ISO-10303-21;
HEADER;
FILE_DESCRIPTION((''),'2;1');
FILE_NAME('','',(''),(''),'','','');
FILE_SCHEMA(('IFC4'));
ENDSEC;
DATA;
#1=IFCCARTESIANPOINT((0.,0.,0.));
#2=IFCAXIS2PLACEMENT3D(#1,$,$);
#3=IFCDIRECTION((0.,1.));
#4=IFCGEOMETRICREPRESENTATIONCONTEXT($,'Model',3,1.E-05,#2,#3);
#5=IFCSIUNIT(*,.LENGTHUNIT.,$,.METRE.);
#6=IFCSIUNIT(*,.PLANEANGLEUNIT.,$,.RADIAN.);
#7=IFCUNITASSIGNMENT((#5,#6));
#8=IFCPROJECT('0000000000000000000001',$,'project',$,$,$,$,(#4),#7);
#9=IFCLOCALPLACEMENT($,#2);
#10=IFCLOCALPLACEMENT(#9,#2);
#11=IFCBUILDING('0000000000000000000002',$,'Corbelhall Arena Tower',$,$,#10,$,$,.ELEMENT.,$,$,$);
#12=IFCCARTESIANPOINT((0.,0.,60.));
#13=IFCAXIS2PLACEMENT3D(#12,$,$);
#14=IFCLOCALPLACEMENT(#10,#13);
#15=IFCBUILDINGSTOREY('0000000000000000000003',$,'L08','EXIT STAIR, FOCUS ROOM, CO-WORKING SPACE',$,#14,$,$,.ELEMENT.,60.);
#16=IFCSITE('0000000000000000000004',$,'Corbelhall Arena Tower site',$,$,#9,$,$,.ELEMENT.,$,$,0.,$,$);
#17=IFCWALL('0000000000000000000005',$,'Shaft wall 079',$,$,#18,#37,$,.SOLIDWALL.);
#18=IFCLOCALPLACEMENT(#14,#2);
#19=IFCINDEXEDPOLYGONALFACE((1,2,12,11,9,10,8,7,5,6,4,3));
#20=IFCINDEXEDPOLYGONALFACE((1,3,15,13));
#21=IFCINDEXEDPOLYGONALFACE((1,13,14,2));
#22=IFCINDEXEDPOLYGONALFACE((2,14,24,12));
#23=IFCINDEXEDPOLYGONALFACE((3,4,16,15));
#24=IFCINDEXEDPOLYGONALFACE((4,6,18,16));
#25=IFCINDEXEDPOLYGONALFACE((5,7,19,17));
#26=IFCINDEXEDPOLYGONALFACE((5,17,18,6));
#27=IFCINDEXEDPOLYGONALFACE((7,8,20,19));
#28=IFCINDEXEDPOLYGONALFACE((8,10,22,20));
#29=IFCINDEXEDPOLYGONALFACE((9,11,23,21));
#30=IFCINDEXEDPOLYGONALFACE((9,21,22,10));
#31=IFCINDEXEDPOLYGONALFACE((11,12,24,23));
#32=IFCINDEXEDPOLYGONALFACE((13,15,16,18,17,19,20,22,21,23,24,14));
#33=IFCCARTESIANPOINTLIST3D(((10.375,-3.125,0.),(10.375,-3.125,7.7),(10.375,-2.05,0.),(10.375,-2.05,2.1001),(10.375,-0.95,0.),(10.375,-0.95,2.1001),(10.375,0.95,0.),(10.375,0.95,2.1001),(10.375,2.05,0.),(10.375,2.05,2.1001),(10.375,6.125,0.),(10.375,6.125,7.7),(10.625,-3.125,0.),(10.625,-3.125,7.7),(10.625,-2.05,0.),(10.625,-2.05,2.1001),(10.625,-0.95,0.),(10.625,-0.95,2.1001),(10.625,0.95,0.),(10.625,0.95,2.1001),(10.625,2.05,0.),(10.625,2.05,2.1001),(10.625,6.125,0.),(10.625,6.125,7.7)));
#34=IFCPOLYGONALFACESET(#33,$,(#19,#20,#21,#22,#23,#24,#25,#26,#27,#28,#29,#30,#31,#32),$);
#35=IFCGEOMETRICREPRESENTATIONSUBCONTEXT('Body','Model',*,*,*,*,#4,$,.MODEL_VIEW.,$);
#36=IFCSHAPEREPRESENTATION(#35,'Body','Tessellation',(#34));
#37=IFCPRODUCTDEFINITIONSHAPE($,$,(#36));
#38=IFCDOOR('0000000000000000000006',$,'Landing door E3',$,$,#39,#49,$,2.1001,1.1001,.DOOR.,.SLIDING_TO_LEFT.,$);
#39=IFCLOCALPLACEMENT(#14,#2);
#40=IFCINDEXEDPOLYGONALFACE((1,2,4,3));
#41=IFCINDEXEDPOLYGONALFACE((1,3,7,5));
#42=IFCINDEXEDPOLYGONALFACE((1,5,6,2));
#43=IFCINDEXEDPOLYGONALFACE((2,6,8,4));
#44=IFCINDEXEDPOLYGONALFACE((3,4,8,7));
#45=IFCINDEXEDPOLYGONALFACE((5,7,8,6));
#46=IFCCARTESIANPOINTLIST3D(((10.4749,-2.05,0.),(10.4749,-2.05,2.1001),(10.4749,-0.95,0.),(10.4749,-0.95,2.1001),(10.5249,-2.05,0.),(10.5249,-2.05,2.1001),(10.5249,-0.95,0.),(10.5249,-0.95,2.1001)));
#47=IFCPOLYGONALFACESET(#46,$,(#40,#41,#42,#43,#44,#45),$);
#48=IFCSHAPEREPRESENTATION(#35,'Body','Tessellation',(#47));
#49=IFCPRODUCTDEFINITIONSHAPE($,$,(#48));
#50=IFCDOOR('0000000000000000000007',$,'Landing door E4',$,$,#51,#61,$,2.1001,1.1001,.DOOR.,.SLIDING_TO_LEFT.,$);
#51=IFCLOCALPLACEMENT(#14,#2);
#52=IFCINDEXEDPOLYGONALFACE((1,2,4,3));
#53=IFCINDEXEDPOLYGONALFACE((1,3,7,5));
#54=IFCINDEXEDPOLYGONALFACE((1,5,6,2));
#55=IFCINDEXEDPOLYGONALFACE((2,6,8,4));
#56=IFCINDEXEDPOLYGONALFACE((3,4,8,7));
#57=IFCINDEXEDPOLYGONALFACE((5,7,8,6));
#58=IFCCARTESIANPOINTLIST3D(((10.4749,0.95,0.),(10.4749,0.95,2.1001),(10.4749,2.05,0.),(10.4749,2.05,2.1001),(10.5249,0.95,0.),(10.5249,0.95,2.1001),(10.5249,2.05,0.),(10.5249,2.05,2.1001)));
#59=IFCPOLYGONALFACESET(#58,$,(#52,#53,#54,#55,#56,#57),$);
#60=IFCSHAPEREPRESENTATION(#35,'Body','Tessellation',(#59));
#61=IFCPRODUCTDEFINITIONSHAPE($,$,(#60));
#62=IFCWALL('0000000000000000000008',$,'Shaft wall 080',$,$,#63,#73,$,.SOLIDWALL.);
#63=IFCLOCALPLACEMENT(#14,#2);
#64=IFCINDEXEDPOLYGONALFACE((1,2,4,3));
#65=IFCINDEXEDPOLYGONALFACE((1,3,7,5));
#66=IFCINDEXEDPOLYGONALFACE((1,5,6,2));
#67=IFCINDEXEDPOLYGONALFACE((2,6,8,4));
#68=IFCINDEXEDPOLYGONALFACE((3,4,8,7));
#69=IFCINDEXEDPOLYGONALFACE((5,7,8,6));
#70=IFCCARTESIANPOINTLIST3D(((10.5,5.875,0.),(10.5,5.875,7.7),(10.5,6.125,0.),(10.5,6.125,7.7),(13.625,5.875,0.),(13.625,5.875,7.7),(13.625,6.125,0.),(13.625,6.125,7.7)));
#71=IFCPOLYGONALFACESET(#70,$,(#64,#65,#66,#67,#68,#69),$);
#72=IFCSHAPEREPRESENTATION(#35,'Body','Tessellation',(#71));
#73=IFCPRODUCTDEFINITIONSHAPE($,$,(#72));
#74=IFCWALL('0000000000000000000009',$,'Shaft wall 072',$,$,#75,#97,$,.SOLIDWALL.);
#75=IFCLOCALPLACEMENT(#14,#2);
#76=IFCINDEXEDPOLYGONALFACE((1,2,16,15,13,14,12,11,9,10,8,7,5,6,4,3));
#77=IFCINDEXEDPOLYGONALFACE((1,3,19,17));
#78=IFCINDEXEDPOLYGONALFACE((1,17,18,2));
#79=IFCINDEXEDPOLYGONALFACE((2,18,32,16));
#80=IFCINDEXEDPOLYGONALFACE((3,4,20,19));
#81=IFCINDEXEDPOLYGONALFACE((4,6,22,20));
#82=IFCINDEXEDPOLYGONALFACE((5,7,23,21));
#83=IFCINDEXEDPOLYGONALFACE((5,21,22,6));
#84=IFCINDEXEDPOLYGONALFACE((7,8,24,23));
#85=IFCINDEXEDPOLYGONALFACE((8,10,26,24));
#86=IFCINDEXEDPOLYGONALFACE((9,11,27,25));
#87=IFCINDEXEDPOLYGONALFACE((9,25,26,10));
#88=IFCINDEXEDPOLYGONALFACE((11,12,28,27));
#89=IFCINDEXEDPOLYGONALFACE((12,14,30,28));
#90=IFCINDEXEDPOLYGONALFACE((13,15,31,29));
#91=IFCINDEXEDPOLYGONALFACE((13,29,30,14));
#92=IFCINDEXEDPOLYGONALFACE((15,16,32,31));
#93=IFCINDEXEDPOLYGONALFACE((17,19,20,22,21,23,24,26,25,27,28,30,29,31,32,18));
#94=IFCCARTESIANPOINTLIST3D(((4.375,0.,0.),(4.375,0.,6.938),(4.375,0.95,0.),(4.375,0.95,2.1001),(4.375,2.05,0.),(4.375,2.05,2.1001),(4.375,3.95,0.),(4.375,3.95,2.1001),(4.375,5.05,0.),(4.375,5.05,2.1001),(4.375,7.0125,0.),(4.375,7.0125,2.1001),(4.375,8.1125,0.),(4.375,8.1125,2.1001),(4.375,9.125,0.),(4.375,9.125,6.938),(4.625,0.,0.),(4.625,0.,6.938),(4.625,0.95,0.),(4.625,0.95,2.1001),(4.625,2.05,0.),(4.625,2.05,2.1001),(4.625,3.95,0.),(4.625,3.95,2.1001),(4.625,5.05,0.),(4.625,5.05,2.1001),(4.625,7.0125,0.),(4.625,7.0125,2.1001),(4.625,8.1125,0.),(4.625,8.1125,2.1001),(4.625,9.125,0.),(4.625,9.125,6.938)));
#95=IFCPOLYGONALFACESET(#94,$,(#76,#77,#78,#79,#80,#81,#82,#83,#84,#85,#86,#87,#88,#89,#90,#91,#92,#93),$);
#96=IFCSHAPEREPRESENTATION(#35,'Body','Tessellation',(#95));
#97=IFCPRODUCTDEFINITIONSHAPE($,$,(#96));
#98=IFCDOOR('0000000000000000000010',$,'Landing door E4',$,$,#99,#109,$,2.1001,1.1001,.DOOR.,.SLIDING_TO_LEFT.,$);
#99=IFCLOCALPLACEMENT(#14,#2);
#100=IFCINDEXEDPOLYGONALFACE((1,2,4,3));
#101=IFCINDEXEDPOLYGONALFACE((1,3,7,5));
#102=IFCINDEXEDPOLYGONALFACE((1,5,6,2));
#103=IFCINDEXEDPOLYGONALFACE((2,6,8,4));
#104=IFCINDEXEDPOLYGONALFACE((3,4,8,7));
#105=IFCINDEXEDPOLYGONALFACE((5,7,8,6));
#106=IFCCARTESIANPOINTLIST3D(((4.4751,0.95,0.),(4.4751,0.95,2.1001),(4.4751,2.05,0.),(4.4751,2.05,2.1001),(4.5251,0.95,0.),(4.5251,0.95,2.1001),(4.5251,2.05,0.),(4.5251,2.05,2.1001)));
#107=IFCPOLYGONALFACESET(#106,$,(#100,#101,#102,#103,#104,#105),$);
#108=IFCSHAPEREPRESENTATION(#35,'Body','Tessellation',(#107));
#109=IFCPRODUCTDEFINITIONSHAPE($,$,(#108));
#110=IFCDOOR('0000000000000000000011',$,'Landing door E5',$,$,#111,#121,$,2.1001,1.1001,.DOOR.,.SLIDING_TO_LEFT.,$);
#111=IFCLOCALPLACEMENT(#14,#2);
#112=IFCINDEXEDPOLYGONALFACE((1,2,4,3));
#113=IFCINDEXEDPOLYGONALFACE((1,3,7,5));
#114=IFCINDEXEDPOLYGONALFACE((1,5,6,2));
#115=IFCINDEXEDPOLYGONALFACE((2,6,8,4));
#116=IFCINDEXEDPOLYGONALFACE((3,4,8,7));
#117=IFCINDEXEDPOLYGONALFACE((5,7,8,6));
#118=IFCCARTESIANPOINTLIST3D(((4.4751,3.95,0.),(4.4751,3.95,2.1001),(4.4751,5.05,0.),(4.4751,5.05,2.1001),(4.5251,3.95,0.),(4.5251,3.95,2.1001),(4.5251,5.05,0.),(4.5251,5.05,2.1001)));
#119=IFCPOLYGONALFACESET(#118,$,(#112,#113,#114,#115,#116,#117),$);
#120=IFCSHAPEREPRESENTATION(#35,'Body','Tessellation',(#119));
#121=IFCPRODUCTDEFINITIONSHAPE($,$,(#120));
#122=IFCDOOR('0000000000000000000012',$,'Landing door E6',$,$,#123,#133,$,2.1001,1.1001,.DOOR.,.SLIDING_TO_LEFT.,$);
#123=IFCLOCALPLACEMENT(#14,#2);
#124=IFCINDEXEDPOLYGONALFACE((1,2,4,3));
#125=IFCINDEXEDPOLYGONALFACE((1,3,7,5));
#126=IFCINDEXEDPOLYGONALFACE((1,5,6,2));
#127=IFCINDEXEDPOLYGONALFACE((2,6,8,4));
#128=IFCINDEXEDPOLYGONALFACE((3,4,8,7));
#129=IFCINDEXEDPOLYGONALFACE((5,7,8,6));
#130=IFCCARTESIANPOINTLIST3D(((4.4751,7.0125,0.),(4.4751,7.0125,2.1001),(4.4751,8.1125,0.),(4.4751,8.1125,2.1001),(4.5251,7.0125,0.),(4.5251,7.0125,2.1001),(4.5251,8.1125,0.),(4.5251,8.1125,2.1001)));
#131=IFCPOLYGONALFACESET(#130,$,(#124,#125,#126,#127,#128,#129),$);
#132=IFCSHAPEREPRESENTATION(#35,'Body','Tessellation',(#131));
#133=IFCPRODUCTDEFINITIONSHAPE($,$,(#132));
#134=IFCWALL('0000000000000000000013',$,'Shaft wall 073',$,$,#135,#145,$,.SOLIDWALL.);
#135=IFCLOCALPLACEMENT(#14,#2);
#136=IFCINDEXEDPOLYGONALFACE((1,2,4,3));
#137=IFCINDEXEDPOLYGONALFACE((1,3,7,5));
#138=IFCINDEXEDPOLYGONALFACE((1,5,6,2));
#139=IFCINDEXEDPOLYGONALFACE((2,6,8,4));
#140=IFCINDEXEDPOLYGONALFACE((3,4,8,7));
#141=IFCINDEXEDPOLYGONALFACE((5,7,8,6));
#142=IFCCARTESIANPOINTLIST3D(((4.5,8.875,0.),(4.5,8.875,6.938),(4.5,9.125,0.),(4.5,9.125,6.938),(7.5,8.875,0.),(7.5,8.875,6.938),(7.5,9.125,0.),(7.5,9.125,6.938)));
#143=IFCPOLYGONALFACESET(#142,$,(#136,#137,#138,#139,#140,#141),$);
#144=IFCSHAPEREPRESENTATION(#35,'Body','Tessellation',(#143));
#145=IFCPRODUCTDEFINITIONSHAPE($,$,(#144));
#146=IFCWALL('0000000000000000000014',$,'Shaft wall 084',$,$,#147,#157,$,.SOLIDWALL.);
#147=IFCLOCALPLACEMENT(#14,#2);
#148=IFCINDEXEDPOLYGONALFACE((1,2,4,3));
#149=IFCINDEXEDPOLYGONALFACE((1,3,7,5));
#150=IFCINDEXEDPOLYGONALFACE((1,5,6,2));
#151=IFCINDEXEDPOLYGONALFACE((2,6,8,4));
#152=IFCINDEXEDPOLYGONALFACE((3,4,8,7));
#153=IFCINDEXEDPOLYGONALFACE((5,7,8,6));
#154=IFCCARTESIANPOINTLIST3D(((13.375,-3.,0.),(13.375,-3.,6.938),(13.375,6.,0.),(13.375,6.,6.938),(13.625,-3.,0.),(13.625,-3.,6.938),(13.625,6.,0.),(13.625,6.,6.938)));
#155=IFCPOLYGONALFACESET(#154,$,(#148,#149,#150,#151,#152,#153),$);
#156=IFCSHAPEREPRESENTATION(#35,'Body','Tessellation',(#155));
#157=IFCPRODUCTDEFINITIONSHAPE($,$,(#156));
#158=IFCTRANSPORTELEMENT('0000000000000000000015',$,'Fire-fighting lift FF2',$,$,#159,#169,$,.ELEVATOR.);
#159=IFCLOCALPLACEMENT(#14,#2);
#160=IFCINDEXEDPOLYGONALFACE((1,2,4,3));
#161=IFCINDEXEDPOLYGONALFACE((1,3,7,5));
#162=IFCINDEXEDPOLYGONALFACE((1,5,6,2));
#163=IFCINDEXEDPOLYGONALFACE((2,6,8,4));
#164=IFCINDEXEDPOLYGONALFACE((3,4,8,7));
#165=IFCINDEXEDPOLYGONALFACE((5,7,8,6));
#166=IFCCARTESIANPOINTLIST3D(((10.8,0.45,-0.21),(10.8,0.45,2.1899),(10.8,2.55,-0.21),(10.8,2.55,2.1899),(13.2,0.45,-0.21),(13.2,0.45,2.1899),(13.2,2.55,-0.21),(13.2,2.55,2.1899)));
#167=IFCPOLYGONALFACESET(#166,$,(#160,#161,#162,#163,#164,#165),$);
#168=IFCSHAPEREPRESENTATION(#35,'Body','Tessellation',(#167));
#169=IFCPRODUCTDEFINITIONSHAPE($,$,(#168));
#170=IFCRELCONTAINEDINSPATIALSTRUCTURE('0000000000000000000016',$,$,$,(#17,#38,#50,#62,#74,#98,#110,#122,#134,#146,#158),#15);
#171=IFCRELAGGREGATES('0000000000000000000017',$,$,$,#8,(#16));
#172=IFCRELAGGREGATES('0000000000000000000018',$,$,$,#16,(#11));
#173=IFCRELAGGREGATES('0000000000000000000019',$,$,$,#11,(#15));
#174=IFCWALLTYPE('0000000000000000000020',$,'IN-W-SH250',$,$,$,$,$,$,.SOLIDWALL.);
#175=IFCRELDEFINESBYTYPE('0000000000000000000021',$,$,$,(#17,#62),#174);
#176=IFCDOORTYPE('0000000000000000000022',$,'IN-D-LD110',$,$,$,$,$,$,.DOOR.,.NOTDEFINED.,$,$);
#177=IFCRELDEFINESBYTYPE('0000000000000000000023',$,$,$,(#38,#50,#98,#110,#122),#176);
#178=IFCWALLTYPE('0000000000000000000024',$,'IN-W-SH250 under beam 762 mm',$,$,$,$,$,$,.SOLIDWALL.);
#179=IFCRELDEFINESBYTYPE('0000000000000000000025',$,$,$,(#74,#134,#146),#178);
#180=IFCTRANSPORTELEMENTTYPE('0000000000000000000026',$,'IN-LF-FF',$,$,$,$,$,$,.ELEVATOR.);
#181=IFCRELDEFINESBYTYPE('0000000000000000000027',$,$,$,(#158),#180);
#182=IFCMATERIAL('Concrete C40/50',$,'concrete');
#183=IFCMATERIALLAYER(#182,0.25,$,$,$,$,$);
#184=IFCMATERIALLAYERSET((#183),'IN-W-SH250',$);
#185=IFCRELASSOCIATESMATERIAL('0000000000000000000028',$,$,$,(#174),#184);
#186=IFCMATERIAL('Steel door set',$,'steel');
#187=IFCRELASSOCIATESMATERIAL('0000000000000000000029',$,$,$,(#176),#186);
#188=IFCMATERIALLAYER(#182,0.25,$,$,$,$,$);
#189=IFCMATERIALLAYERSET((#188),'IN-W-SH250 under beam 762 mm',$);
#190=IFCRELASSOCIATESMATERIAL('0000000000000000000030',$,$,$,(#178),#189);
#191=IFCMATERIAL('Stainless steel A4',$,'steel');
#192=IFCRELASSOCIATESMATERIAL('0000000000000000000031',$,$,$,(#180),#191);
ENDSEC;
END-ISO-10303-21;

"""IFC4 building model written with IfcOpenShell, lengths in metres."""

from ifc_helpers import new_model, si_unit, direction, frame, frame_2d, origin, origin_2d, place, context, subcontext, project, spatial, rectangle, extrude, material, layer, layer_set, type_object, element, fill, save


model = new_model("IFC4")

# Units and contexts
model_context = context("Model", 3, precision=1e-05, world=origin(), true_north=direction((0.0, 1.0)))
body_context = subcontext(model_context, "Body", "Model", "MODEL_VIEW")
ifc_project = project(units=[si_unit("LENGTHUNIT", "METRE"), si_unit("PLANEANGLEUNIT", "RADIAN")], contexts=[model_context])

# Site, building, storey
site_placement = place(None, origin())
site = spatial("IfcSite", under=ifc_project, at=site_placement, Name="Corbelhall Arena Tower site", CompositionType="ELEMENT", RefElevation=0.0)
building_placement = place(site_placement, origin())
building = spatial("IfcBuilding", under=site, at=building_placement, Name="Corbelhall Arena Tower", CompositionType="ELEMENT")
storey_placement = place(building_placement, frame((0.0, 0.0, 60.0)))
storey = spatial("IfcBuildingStorey", under=building, at=storey_placement, Name="L08", Description="EXIT STAIR, FOCUS ROOM, CO-WORKING SPACE", CompositionType="ELEMENT", Elevation=60.0)

# Shared definitions
ifc_material_1 = material(Name="Concrete C40/50", Category="concrete")
ifc_layer_1 = layer(ifc_material_1, 0.25)
ifc_layer_set_1 = layer_set([ifc_layer_1], Name="IN-W-SH250")
wall_type_1 = type_object("IfcWallType", Name="IN-W-SH250", PredefinedType="SOLIDWALL", material=ifc_layer_set_1)
ifc_material_2 = material(Name="Steel door set", Category="steel")

# Wall, openings, doors
wall_1_placement = place(storey_placement, frame((10.5, 6.125, 0.0), z_axis=(0.0, 0.0, 1.0), x_axis=(0.0, -1.0, 0.0)))
wall_1 = element("IfcWall", 1, at=wall_1_placement, inside=storey, type_object=wall_type_1, Name="Shaft wall 079", PredefinedType="SOLIDWALL", context=body_context, shape_type="SweptSolid", body=[
    extrude(rectangle(XDim=9.25, YDim=0.25, at=frame_2d((4.625, 0.0))), origin(), (0.0, 0.0, 1.0), 7.7),
])
opening_1_placement = place(wall_1_placement, frame((7.075, 0.0, 0.0)))
opening_1 = element("IfcOpeningElement", 2, at=opening_1_placement, cuts=wall_1, PredefinedType="OPENING", context=body_context, shape_type="SweptSolid", body=[
    extrude(rectangle(XDim=1.1001, YDim=2.1001, at=frame_2d((0.55, 1.05))), frame((0.0, 0.125, 0.0), z_axis=(0.0, -1.0, 0.0), x_axis=(1.0, 0.0, 0.0)), (0.0, 0.0, 1.0), 0.25),
])
opening_2_placement = place(wall_1_placement, frame((4.075, 0.0, 0.0)))
opening_2 = element("IfcOpeningElement", 3, at=opening_2_placement, cuts=wall_1, PredefinedType="OPENING", context=body_context, shape_type="SweptSolid", body=[
    extrude(rectangle(XDim=1.1001, YDim=2.1001, at=frame_2d((0.55, 1.05))), frame((0.0, 0.125, 0.0), z_axis=(0.0, -1.0, 0.0), x_axis=(1.0, 0.0, 0.0)), (0.0, 0.0, 1.0), 0.25),
])
door_type_1 = type_object("IfcDoorType", Name="IN-D-LD110", OperationType="NOTDEFINED", PredefinedType="DOOR", material=ifc_material_2)
door_1_placement = place(opening_1_placement, origin())
door_1 = element("IfcDoor", 4, at=door_1_placement, inside=storey, type_object=door_type_1, Name="Landing door E3", OperationType="SLIDING_TO_LEFT", OverallHeight=2.1001, OverallWidth=1.1001, PredefinedType="DOOR", context=body_context, shape_type="SweptSolid", body=[
    extrude(rectangle(XDim=1.1001, YDim=2.1001, at=frame_2d((0.55, 1.05))), frame((0.0, 0.0249, 0.0), z_axis=(0.0, -1.0, 0.0), x_axis=(1.0, 0.0, 0.0)), (0.0, 0.0, 1.0), 0.05),
])
fill(opening_1, door_1)
door_2_placement = place(opening_2_placement, origin())
door_2 = element("IfcDoor", 5, at=door_2_placement, inside=storey, type_object=door_type_1, Name="Landing door E4", OperationType="SLIDING_TO_LEFT", OverallHeight=2.1001, OverallWidth=1.1001, PredefinedType="DOOR", context=body_context, shape_type="SweptSolid", body=[
    extrude(rectangle(XDim=1.1001, YDim=2.1001, at=frame_2d((0.55, 1.05))), frame((0.0, 0.0249, 0.0), z_axis=(0.0, -1.0, 0.0), x_axis=(1.0, 0.0, 0.0)), (0.0, 0.0, 1.0), 0.05),
])
fill(opening_2, door_2)

# Wall
wall_2_placement = place(storey_placement, frame((10.5, 6.0, 0.0), z_axis=(0.0, 0.0, 1.0), x_axis=(1.0, 0.0, 0.0)))
element("IfcWall", 6, at=wall_2_placement, inside=storey, type_object=wall_type_1, Name="Shaft wall 080", PredefinedType="SOLIDWALL", context=body_context, shape_type="SweptSolid", body=[
    extrude(rectangle(XDim=3.125, YDim=0.25, at=frame_2d((1.5625, 0.0))), origin(), (0.0, 0.0, 1.0), 7.7),
])

# Wall, openings, doors
ifc_layer_2 = layer(ifc_material_1, 0.25)
ifc_layer_set_2 = layer_set([ifc_layer_2], Name="IN-W-SH250 under beam 762 mm")
wall_type_2 = type_object("IfcWallType", Name="IN-W-SH250 under beam 762 mm", PredefinedType="SOLIDWALL", material=ifc_layer_set_2)
wall_3_placement = place(storey_placement, frame((4.5, 0.0, 0.0), z_axis=(0.0, 0.0, 1.0), x_axis=(0.0, 1.0, 0.0)))
wall_3 = element("IfcWall", 7, at=wall_3_placement, inside=storey, type_object=wall_type_2, Name="Shaft wall 072", PredefinedType="SOLIDWALL", context=body_context, shape_type="SweptSolid", body=[
    extrude(rectangle(XDim=9.125, YDim=0.25, at=frame_2d((4.5625, 0.0))), origin(), (0.0, 0.0, 1.0), 6.938),
])
opening_3_placement = place(wall_3_placement, frame((0.95, 0.0, 0.0)))
opening_3 = element("IfcOpeningElement", 8, at=opening_3_placement, cuts=wall_3, PredefinedType="OPENING", context=body_context, shape_type="SweptSolid", body=[
    extrude(rectangle(XDim=1.1001, YDim=2.1001, at=frame_2d((0.55, 1.05))), frame((0.0, 0.125, 0.0), z_axis=(0.0, -1.0, 0.0), x_axis=(1.0, 0.0, 0.0)), (0.0, 0.0, 1.0), 0.25),
])
opening_4_placement = place(wall_3_placement, frame((3.95, 0.0, 0.0)))
opening_4 = element("IfcOpeningElement", 9, at=opening_4_placement, cuts=wall_3, PredefinedType="OPENING", context=body_context, shape_type="SweptSolid", body=[
    extrude(rectangle(XDim=1.1001, YDim=2.1001, at=frame_2d((0.55, 1.05))), frame((0.0, 0.125, 0.0), z_axis=(0.0, -1.0, 0.0), x_axis=(1.0, 0.0, 0.0)), (0.0, 0.0, 1.0), 0.25),
])
opening_5_placement = place(wall_3_placement, frame((7.0125, 0.0, 0.0)))
opening_5 = element("IfcOpeningElement", 10, at=opening_5_placement, cuts=wall_3, PredefinedType="OPENING", context=body_context, shape_type="SweptSolid", body=[
    extrude(rectangle(XDim=1.1001, YDim=2.1001, at=frame_2d((0.55, 1.05))), frame((0.0, 0.125, 0.0), z_axis=(0.0, -1.0, 0.0), x_axis=(1.0, 0.0, 0.0)), (0.0, 0.0, 1.0), 0.25),
])
door_3_placement = place(opening_3_placement, origin())
door_3 = element("IfcDoor", 11, at=door_3_placement, inside=storey, type_object=door_type_1, Name="Landing door E4", OperationType="SLIDING_TO_LEFT", OverallHeight=2.1001, OverallWidth=1.1001, PredefinedType="DOOR", context=body_context, shape_type="SweptSolid", body=[
    extrude(rectangle(XDim=1.1001, YDim=2.1001, at=frame_2d((0.55, 1.05))), frame((0.0, 0.0249, 0.0), z_axis=(0.0, -1.0, 0.0), x_axis=(1.0, 0.0, 0.0)), (0.0, 0.0, 1.0), 0.05),
])
fill(opening_3, door_3)
door_4_placement = place(opening_4_placement, origin())
door_4 = element("IfcDoor", 12, at=door_4_placement, inside=storey, type_object=door_type_1, Name="Landing door E5", OperationType="SLIDING_TO_LEFT", OverallHeight=2.1001, OverallWidth=1.1001, PredefinedType="DOOR", context=body_context, shape_type="SweptSolid", body=[
    extrude(rectangle(XDim=1.1001, YDim=2.1001, at=frame_2d((0.55, 1.05))), frame((0.0, 0.0249, 0.0), z_axis=(0.0, -1.0, 0.0), x_axis=(1.0, 0.0, 0.0)), (0.0, 0.0, 1.0), 0.05),
])
fill(opening_4, door_4)
door_5_placement = place(opening_5_placement, origin())
door_5 = element("IfcDoor", 13, at=door_5_placement, inside=storey, type_object=door_type_1, Name="Landing door E6", OperationType="SLIDING_TO_LEFT", OverallHeight=2.1001, OverallWidth=1.1001, PredefinedType="DOOR", context=body_context, shape_type="SweptSolid", body=[
    extrude(rectangle(XDim=1.1001, YDim=2.1001, at=frame_2d((0.55, 1.05))), frame((0.0, 0.0249, 0.0), z_axis=(0.0, -1.0, 0.0), x_axis=(1.0, 0.0, 0.0)), (0.0, 0.0, 1.0), 0.05),
])
fill(opening_5, door_5)

# Walls
wall_4_placement = place(storey_placement, frame((4.5, 9.0, 0.0), z_axis=(0.0, 0.0, 1.0), x_axis=(1.0, 0.0, 0.0)))
element("IfcWall", 14, at=wall_4_placement, inside=storey, type_object=wall_type_2, Name="Shaft wall 073", PredefinedType="SOLIDWALL", context=body_context, shape_type="SweptSolid", body=[
    extrude(rectangle(XDim=3.0, YDim=0.25, at=frame_2d((1.5, 0.0))), origin(), (0.0, 0.0, 1.0), 6.938),
])
wall_5_placement = place(storey_placement, frame((13.5, 6.0, 0.0), z_axis=(0.0, 0.0, 1.0), x_axis=(0.0, -1.0, 0.0)))
element("IfcWall", 15, at=wall_5_placement, inside=storey, type_object=wall_type_2, Name="Shaft wall 084", PredefinedType="SOLIDWALL", context=body_context, shape_type="SweptSolid", body=[
    extrude(rectangle(XDim=9.0, YDim=0.25, at=frame_2d((4.5, 0.0))), origin(), (0.0, 0.0, 1.0), 6.938),
])

# Transport element
ifc_material_3 = material(Name="Stainless steel A4", Category="steel")
transport_element_type_1 = type_object("IfcTransportElementType", Name="IN-LF-FF", PredefinedType="ELEVATOR", material=ifc_material_3)
transport_element_1_placement = place(storey_placement, frame((12.0, 1.5, -0.21), z_axis=(0.0, 0.0, 1.0), x_axis=(1.0, 0.0, 0.0)))
element("IfcTransportElement", 16, at=transport_element_1_placement, inside=storey, type_object=transport_element_type_1, Name="Fire-fighting lift FF2", PredefinedType="ELEVATOR", context=body_context, shape_type="SweptSolid", body=[
    extrude(rectangle(XDim=2.3999, YDim=2.1001, at=origin_2d()), origin(), (0.0, 0.0, 1.0), 2.3999),
])

save(model, "model.ifc")
